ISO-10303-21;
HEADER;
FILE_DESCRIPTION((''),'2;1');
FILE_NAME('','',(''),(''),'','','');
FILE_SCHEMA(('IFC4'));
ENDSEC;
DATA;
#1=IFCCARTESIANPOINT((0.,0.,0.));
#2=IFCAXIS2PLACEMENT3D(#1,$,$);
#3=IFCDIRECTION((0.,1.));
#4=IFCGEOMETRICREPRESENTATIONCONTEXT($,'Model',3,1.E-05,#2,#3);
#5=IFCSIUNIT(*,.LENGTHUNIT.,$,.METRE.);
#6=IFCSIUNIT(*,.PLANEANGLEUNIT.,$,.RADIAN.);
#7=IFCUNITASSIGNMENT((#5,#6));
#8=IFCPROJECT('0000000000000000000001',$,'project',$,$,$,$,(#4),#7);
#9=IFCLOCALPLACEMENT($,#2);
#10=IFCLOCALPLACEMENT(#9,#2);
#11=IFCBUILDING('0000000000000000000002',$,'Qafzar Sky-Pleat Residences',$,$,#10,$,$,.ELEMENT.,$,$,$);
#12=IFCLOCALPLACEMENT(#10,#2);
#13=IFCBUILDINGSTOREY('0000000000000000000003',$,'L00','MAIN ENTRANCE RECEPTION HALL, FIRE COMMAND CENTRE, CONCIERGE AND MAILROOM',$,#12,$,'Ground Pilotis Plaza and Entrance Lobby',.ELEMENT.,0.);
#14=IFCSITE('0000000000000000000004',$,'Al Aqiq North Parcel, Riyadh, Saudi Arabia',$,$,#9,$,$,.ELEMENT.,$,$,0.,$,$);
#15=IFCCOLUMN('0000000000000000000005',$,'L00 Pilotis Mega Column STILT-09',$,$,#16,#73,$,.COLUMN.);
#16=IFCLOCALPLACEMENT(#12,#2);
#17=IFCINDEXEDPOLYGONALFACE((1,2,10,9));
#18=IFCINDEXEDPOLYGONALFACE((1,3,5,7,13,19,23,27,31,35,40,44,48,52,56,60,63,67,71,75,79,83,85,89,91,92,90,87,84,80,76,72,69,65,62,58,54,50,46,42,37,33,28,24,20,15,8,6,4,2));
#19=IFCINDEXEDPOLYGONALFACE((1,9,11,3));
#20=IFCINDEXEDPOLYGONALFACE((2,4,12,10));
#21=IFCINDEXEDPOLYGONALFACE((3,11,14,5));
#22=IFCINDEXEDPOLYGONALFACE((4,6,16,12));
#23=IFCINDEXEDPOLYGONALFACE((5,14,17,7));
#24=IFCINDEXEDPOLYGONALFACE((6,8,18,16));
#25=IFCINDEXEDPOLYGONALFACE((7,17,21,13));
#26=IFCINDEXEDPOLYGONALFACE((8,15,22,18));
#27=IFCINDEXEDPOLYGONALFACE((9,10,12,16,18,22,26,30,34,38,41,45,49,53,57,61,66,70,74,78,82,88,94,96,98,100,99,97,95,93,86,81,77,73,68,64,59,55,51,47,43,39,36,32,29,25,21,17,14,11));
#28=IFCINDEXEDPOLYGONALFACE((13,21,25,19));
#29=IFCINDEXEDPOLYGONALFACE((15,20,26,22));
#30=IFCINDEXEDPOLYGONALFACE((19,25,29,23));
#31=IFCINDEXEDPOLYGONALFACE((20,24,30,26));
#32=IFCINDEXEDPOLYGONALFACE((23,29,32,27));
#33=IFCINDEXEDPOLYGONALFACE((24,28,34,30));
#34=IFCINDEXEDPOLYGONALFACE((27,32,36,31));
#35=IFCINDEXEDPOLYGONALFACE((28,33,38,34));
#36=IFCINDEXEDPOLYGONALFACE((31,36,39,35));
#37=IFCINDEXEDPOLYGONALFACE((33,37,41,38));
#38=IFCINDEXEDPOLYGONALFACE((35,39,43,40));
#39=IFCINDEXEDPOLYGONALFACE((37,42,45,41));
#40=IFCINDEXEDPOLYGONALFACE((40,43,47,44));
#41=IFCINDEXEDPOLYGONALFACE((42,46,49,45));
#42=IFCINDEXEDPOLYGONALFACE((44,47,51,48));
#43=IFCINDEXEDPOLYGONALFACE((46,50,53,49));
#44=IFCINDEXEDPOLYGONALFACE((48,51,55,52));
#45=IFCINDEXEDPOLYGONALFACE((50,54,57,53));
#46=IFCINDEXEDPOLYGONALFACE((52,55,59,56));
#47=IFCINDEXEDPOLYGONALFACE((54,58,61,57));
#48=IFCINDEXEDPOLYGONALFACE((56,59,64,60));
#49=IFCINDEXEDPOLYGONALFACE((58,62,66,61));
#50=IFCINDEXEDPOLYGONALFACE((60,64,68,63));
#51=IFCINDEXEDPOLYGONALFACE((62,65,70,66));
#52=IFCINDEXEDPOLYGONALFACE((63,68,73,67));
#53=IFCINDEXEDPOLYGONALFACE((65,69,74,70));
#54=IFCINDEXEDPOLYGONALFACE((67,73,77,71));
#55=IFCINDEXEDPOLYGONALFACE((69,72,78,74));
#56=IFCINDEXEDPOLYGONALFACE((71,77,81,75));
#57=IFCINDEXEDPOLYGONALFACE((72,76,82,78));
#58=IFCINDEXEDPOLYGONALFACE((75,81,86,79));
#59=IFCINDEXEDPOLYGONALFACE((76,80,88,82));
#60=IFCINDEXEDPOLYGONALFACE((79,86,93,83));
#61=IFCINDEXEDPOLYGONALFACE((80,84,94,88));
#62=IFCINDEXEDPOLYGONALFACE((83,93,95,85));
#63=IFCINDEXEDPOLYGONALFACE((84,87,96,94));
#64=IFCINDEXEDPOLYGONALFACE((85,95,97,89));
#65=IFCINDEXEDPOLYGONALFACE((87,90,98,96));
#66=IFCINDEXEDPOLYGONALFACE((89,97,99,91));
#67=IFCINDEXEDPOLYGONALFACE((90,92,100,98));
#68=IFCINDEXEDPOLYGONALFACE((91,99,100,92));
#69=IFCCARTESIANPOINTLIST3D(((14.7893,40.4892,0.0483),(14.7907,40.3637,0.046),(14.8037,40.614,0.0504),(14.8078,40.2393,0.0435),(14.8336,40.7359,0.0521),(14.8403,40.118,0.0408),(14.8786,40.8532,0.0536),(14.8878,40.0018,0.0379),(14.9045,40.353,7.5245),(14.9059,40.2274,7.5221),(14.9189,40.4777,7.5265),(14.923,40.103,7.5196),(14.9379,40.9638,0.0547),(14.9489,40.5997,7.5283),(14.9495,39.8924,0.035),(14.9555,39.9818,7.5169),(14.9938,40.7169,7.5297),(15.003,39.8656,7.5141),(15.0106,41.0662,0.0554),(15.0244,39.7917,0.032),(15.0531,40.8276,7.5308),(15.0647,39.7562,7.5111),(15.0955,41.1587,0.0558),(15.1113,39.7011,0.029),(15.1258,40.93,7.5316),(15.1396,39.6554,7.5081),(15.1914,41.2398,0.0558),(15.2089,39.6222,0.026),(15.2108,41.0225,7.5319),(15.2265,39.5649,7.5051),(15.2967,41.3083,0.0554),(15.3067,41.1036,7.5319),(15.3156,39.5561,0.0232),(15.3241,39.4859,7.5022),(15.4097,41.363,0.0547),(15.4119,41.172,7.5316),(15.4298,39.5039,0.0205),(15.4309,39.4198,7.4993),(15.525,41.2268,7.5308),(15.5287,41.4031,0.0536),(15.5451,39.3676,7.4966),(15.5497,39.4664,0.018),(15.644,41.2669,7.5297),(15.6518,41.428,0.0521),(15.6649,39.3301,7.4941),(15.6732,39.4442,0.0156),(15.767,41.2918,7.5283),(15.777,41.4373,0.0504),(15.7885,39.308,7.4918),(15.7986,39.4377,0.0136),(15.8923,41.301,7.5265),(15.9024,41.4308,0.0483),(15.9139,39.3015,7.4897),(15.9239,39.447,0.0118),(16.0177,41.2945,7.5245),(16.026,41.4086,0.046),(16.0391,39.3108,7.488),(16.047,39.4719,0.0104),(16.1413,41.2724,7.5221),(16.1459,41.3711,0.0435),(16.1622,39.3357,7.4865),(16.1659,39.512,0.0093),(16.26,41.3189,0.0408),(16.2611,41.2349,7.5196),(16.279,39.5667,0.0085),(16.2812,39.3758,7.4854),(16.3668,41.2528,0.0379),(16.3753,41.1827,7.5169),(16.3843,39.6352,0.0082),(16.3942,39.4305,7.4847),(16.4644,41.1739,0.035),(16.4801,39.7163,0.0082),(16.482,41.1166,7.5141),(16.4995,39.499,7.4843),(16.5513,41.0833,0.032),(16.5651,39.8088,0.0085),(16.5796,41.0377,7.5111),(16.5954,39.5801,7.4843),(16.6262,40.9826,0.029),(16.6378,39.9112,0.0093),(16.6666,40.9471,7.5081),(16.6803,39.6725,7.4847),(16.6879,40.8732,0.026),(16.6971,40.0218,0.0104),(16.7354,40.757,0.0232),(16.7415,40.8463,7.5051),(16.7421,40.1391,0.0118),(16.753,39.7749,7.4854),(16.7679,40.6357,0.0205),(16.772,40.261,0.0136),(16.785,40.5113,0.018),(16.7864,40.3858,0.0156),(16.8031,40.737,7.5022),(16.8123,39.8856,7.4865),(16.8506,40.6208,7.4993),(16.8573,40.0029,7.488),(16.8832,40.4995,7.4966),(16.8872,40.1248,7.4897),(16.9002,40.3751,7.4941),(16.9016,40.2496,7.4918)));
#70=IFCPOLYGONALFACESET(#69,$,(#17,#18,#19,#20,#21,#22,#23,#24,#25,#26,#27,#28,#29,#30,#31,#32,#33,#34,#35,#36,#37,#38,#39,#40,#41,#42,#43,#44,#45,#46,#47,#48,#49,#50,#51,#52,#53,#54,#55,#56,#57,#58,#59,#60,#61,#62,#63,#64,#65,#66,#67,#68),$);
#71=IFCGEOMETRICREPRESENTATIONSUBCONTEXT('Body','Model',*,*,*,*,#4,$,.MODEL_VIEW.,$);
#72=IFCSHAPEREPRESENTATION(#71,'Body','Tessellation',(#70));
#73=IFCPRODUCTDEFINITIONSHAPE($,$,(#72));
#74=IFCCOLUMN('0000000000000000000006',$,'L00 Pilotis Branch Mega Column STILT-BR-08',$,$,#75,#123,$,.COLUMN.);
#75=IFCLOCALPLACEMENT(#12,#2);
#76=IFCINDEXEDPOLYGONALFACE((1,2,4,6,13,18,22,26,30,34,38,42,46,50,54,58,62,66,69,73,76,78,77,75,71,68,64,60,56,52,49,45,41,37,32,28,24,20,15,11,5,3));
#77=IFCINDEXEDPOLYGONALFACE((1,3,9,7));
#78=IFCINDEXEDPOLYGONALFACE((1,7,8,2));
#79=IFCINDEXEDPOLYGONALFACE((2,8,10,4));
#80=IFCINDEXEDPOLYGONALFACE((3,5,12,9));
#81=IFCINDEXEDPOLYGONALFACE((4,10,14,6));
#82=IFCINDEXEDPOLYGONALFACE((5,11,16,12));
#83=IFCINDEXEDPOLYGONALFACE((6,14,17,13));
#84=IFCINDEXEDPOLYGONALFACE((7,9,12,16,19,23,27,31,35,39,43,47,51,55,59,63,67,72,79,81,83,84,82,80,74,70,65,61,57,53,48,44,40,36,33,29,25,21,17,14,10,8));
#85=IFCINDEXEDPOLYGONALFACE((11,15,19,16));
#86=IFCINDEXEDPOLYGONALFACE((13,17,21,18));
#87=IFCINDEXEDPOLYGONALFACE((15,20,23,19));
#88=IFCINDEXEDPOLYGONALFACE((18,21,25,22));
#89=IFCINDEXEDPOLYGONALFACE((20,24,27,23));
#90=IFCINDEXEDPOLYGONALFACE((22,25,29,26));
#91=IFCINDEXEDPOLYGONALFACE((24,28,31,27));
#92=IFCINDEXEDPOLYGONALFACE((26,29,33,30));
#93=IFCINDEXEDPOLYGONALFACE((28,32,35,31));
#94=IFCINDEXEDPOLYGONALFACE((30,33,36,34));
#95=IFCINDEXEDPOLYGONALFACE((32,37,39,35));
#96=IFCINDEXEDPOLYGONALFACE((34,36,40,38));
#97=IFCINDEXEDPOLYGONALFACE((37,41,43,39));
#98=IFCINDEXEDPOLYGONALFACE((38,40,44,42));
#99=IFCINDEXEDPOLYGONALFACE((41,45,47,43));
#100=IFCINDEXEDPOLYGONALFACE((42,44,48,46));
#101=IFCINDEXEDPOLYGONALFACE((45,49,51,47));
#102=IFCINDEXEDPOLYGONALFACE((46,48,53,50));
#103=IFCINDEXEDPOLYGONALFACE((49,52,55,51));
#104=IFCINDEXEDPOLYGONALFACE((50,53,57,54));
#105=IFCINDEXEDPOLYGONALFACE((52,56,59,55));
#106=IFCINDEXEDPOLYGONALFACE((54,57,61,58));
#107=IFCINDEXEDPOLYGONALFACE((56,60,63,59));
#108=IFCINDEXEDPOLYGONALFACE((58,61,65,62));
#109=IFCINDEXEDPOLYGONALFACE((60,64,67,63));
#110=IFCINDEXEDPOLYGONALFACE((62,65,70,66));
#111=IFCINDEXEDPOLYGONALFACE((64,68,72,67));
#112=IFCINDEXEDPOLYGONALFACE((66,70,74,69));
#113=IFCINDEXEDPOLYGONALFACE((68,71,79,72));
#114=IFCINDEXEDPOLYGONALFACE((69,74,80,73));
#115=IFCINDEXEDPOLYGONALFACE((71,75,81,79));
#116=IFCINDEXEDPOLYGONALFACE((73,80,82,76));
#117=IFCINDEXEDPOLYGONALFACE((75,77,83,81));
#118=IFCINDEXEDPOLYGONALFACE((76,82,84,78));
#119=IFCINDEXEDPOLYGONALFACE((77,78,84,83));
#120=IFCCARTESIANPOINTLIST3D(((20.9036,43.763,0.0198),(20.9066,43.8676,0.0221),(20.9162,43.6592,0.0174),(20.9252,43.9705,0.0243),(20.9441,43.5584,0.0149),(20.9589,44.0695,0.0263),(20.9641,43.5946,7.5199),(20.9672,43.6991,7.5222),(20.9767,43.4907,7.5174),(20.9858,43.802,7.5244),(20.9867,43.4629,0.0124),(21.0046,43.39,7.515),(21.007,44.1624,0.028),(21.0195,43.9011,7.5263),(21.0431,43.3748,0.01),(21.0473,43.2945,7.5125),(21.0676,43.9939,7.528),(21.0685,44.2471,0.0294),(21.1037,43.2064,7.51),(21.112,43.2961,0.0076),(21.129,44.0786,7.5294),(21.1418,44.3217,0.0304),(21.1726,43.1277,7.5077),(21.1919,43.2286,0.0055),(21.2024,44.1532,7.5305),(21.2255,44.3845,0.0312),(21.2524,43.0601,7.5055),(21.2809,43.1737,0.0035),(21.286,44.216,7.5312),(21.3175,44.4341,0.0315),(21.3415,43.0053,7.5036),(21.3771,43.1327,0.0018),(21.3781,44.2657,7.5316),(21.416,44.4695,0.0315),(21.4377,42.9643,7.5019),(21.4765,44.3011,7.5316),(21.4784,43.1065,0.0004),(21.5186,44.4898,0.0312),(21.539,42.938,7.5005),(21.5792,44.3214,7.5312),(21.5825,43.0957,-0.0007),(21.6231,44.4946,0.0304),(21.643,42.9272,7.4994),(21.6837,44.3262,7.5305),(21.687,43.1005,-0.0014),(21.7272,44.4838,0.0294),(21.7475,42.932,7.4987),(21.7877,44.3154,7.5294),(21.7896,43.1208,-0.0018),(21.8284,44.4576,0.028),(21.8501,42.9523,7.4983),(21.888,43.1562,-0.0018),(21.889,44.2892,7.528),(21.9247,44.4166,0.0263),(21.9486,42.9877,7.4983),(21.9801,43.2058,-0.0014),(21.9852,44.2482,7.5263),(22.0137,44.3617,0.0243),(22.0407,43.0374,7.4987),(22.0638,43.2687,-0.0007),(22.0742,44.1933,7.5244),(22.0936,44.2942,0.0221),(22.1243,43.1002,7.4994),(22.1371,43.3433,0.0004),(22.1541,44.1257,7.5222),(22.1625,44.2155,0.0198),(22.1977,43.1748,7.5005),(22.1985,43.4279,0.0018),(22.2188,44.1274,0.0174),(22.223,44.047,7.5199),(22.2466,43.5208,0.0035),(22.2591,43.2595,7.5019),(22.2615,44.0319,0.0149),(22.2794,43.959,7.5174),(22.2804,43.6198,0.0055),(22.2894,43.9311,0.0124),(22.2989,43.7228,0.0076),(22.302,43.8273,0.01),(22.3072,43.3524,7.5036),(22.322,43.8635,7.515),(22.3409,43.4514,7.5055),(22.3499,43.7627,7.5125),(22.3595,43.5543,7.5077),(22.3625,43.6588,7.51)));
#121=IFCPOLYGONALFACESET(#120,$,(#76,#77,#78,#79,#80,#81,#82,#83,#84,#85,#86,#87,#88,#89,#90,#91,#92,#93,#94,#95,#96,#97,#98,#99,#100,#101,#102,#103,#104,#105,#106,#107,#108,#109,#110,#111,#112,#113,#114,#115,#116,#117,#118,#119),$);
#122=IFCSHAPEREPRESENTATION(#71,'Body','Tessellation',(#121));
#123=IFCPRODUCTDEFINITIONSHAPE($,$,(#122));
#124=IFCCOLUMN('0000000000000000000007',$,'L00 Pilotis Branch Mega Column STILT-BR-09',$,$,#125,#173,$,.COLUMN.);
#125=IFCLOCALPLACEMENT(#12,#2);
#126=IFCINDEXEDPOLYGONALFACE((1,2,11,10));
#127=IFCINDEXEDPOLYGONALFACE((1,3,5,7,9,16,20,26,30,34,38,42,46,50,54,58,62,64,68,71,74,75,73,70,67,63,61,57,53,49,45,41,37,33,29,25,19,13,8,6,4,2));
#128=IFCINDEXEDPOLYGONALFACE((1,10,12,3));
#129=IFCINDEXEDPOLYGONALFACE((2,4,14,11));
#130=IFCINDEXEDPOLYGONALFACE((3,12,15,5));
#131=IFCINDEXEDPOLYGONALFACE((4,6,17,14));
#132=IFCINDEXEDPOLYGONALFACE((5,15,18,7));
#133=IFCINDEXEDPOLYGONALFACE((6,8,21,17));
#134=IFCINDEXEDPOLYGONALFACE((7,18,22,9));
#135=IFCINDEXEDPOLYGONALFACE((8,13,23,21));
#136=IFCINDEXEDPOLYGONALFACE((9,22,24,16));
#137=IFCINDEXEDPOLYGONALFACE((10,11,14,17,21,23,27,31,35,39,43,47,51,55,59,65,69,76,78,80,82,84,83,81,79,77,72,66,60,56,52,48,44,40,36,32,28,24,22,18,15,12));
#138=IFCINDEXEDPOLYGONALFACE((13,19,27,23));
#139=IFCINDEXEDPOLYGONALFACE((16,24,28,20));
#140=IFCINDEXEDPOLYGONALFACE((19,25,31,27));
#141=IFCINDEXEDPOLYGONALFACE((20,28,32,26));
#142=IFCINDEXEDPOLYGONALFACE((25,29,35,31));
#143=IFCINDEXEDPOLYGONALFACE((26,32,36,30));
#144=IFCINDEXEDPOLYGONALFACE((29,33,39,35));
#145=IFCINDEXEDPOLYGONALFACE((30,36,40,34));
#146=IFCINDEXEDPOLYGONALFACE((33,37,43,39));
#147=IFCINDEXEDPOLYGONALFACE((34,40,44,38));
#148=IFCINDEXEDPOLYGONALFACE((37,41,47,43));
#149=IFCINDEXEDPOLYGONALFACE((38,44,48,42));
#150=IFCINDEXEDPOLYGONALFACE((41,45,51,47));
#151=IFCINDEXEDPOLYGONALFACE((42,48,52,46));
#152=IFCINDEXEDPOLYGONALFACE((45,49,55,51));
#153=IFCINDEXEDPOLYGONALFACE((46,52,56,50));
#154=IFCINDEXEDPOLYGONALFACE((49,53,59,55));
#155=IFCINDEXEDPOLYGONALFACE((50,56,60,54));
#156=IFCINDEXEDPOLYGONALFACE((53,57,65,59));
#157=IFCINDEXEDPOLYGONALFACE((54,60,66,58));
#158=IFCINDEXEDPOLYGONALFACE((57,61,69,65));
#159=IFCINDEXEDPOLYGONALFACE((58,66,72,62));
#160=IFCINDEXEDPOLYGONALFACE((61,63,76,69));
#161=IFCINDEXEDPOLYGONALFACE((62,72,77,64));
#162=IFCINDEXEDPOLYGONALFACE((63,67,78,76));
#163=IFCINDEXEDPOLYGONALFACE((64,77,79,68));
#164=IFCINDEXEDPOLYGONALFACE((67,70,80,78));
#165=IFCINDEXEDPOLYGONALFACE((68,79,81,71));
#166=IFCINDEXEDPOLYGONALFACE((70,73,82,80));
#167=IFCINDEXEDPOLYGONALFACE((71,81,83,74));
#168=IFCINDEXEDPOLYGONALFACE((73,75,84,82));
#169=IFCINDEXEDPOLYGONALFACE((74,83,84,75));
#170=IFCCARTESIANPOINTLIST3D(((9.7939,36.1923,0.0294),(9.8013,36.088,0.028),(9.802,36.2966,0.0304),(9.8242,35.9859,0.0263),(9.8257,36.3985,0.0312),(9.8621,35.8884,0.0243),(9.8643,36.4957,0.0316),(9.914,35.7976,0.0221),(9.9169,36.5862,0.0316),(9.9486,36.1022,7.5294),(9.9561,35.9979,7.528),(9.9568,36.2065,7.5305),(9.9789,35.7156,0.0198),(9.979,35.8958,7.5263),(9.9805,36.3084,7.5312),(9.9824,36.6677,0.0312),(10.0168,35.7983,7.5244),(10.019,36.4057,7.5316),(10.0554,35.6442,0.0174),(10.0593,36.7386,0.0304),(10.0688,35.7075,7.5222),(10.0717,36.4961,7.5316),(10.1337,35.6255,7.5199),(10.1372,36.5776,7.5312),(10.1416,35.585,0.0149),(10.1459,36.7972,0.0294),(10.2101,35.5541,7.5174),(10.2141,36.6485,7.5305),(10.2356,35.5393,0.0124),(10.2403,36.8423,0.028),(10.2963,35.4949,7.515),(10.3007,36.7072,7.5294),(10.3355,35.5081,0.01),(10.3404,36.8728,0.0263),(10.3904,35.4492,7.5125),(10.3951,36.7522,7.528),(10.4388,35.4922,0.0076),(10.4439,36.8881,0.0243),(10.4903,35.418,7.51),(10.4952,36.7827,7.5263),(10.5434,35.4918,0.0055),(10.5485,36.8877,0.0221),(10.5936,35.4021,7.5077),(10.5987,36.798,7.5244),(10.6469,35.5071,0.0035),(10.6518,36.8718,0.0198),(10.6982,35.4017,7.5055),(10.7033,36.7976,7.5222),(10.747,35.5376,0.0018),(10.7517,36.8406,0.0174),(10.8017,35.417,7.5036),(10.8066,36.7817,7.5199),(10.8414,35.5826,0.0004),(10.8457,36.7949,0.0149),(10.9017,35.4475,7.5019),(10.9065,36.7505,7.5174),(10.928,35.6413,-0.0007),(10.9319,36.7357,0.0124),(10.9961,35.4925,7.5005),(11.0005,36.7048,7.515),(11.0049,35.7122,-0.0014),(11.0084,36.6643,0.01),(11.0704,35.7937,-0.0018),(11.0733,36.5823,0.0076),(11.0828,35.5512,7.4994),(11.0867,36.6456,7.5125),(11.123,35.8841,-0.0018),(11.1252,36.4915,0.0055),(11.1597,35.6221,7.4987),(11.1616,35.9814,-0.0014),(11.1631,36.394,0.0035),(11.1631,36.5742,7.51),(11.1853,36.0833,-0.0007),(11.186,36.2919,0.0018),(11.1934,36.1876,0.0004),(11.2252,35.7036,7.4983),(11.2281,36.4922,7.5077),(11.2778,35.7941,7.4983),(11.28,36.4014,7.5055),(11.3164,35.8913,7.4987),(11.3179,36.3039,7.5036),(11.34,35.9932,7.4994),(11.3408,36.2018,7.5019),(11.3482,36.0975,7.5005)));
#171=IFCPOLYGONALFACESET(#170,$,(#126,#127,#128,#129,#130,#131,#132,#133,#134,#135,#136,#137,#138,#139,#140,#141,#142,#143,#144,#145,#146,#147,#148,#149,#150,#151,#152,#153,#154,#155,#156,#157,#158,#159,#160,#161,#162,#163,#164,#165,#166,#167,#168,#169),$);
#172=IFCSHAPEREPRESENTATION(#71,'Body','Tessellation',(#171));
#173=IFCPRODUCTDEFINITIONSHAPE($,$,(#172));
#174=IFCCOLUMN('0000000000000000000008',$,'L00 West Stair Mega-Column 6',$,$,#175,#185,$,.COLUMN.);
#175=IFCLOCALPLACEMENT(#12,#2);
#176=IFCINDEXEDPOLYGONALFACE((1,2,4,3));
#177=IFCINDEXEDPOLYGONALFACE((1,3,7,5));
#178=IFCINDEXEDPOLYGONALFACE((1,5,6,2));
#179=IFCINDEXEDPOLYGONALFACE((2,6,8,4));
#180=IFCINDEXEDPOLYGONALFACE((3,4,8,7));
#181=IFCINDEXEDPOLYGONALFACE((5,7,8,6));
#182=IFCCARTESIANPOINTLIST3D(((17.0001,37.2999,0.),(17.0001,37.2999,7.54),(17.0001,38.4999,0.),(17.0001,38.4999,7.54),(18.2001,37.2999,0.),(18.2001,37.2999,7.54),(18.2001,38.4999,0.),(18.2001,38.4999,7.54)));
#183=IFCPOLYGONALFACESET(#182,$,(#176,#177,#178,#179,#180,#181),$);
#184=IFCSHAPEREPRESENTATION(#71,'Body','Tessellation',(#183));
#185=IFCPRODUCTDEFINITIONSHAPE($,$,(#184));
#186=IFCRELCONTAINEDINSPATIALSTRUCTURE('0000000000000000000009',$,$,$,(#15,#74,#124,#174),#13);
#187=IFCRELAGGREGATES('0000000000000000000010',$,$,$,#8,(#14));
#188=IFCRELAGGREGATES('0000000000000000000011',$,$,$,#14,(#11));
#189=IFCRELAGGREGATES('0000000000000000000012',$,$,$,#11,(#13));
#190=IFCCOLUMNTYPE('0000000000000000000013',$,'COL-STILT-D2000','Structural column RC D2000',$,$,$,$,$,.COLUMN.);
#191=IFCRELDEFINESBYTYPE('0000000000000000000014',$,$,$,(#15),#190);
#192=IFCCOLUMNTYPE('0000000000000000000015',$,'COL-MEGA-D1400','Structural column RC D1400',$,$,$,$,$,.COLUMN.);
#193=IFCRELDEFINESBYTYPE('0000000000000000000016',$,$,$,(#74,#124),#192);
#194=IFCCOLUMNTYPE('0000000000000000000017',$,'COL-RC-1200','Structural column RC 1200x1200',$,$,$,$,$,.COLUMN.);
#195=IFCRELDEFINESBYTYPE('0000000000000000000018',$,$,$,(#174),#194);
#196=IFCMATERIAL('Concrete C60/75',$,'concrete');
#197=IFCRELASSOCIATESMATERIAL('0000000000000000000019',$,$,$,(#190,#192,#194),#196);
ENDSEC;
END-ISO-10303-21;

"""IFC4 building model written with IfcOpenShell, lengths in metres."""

from ifc_helpers import new_model, si_unit, direction, frame, origin, origin_2d, place, context, subcontext, project, spatial, rectangle, circle, extrude, source, transform, mapped, material, material_profile, profile_set, type_object, element, save


model = new_model("IFC4")

# Units and contexts
model_context = context("Model", 3, precision=1e-05, world=origin(), true_north=direction((0.0, 1.0)))
body_context = subcontext(model_context, "Body", "Model", "MODEL_VIEW")
ifc_project = project(units=[si_unit("LENGTHUNIT", "METRE"), si_unit("PLANEANGLEUNIT", "RADIAN")], contexts=[model_context])

# Site, building, storey
site_placement = place(None, origin())
site = spatial("IfcSite", under=ifc_project, at=site_placement, Name="Al Aqiq North Parcel, Riyadh, Saudi Arabia", CompositionType="ELEMENT", RefElevation=0.0)
building_placement = place(site_placement, origin())
building = spatial("IfcBuilding", under=site, at=building_placement, Name="Qafzar Sky-Pleat Residences", CompositionType="ELEMENT")
storey_placement = place(building_placement, origin())
storey = spatial("IfcBuildingStorey", under=building, at=storey_placement, Name="L00", Description="MAIN ENTRANCE RECEPTION HALL, FIRE COMMAND CENTRE, CONCIERGE AND MAILROOM", LongName="Ground Pilotis Plaza and Entrance Lobby", CompositionType="ELEMENT", Elevation=0.0)

# Columns
ifc_material_1 = material(Name="Concrete C60/75", Category="concrete")
ifc_material_profile_1 = material_profile(ifc_material_1, circle(Radius=1.0, at=origin_2d()), Name="RC D2000")
ifc_profile_set_1 = profile_set([ifc_material_profile_1], Name="Concrete C60/75")
column_type_1 = type_object("IfcColumnType", Name="COL-STILT-D2000", Description="Structural column RC D2000", PredefinedType="COLUMN", material=ifc_profile_set_1)
shared_shape_1 = source(origin(), body_context, "Body", "SweptSolid", [
    extrude(circle(Radius=1.0, at=origin_2d()), origin(), (0.0, 0.0, 1.0), 7.4783),
])
column_1_placement = place(storey_placement, frame((15.7878, 40.4375, 0.032), z_axis=(0.015409, -0.018217, 0.999715), x_axis=(0.76349, 0.64582, 0.0)))
element("IfcColumn", 1, at=column_1_placement, inside=storey, type_object=column_type_1, Name="L00 Pilotis Mega Column STILT-09", PredefinedType="COLUMN", context=body_context, shape_type="MappedRepresentation", body=[
    mapped(shared_shape_1, transform((0.0, 0.0, 0.0), x_axis=(1.0, 0.0, 0.0), y_axis=(0.0, 1.0, 0.0), z_axis=(0.0, 0.0, 1.0), scale=1.0)),
])
ifc_material_profile_2 = material_profile(ifc_material_1, circle(Radius=0.7, at=origin_2d()), Name="RC D1400")
ifc_profile_set_2 = profile_set([ifc_material_profile_2], Name="Concrete C60/75")
column_type_2 = type_object("IfcColumnType", Name="COL-MEGA-D1400", Description="Structural column RC D1400", PredefinedType="COLUMN", material=ifc_profile_set_2)
shared_shape_2 = source(origin(), body_context, "Body", "SweptSolid", [
    extrude(circle(Radius=0.7, at=origin_2d()), origin(), (0.0, 0.0, 1.0), 7.5022),
])
for number, where, z_axis, x_axis, name in (
    (2, (21.6028, 43.7952, 0.0149), (0.008071, -0.022455, 0.999715), (0.941061, 0.338236, 0.0), "L00 Pilotis Branch Mega Column STILT-BR-08"),
    (3, (10.4937, 36.1899, 0.0149), (0.020632, -0.012008, 0.999715), (0.503023, 0.864273, 0.0), "L00 Pilotis Branch Mega Column STILT-BR-09"),
):
    element("IfcColumn", number, at=place(storey_placement, frame(where, z_axis=z_axis, x_axis=x_axis)), inside=storey, type_object=column_type_2, Name=name, PredefinedType="COLUMN", context=body_context, shape_type="MappedRepresentation", body=[
        mapped(shared_shape_2, transform((0.0, 0.0, 0.0), x_axis=(1.0, 0.0, 0.0), y_axis=(0.0, 1.0, 0.0), z_axis=(0.0, 0.0, 1.0), scale=1.0)),
    ])
ifc_material_profile_3 = material_profile(ifc_material_1, rectangle(XDim=1.2, YDim=1.2, at=origin_2d()), Name="RC 1200x1200")
ifc_profile_set_3 = profile_set([ifc_material_profile_3], Name="Concrete C60/75")
column_type_3 = type_object("IfcColumnType", Name="COL-RC-1200", Description="Structural column RC 1200x1200", PredefinedType="COLUMN", material=ifc_profile_set_3)
shared_shape_3 = source(origin(), body_context, "Body", "SweptSolid", [
    extrude(rectangle(XDim=1.2, YDim=1.2, at=origin_2d()), origin(), (0.0, 0.0, 1.0), 7.54),
])
column_2_placement = place(storey_placement, frame((17.6001, 37.8999, 0.0), z_axis=(0.0, 0.0, 1.0), x_axis=(1.0, 0.0, 0.0)))
element("IfcColumn", 4, at=column_2_placement, inside=storey, type_object=column_type_3, Name="L00 West Stair Mega-Column 6", PredefinedType="COLUMN", context=body_context, shape_type="MappedRepresentation", body=[
    mapped(shared_shape_3, transform((0.0, 0.0, 0.0), x_axis=(1.0, 0.0, 0.0), y_axis=(0.0, 1.0, 0.0), z_axis=(0.0, 0.0, 1.0), scale=1.0)),
])

save(model, "model.ifc")
